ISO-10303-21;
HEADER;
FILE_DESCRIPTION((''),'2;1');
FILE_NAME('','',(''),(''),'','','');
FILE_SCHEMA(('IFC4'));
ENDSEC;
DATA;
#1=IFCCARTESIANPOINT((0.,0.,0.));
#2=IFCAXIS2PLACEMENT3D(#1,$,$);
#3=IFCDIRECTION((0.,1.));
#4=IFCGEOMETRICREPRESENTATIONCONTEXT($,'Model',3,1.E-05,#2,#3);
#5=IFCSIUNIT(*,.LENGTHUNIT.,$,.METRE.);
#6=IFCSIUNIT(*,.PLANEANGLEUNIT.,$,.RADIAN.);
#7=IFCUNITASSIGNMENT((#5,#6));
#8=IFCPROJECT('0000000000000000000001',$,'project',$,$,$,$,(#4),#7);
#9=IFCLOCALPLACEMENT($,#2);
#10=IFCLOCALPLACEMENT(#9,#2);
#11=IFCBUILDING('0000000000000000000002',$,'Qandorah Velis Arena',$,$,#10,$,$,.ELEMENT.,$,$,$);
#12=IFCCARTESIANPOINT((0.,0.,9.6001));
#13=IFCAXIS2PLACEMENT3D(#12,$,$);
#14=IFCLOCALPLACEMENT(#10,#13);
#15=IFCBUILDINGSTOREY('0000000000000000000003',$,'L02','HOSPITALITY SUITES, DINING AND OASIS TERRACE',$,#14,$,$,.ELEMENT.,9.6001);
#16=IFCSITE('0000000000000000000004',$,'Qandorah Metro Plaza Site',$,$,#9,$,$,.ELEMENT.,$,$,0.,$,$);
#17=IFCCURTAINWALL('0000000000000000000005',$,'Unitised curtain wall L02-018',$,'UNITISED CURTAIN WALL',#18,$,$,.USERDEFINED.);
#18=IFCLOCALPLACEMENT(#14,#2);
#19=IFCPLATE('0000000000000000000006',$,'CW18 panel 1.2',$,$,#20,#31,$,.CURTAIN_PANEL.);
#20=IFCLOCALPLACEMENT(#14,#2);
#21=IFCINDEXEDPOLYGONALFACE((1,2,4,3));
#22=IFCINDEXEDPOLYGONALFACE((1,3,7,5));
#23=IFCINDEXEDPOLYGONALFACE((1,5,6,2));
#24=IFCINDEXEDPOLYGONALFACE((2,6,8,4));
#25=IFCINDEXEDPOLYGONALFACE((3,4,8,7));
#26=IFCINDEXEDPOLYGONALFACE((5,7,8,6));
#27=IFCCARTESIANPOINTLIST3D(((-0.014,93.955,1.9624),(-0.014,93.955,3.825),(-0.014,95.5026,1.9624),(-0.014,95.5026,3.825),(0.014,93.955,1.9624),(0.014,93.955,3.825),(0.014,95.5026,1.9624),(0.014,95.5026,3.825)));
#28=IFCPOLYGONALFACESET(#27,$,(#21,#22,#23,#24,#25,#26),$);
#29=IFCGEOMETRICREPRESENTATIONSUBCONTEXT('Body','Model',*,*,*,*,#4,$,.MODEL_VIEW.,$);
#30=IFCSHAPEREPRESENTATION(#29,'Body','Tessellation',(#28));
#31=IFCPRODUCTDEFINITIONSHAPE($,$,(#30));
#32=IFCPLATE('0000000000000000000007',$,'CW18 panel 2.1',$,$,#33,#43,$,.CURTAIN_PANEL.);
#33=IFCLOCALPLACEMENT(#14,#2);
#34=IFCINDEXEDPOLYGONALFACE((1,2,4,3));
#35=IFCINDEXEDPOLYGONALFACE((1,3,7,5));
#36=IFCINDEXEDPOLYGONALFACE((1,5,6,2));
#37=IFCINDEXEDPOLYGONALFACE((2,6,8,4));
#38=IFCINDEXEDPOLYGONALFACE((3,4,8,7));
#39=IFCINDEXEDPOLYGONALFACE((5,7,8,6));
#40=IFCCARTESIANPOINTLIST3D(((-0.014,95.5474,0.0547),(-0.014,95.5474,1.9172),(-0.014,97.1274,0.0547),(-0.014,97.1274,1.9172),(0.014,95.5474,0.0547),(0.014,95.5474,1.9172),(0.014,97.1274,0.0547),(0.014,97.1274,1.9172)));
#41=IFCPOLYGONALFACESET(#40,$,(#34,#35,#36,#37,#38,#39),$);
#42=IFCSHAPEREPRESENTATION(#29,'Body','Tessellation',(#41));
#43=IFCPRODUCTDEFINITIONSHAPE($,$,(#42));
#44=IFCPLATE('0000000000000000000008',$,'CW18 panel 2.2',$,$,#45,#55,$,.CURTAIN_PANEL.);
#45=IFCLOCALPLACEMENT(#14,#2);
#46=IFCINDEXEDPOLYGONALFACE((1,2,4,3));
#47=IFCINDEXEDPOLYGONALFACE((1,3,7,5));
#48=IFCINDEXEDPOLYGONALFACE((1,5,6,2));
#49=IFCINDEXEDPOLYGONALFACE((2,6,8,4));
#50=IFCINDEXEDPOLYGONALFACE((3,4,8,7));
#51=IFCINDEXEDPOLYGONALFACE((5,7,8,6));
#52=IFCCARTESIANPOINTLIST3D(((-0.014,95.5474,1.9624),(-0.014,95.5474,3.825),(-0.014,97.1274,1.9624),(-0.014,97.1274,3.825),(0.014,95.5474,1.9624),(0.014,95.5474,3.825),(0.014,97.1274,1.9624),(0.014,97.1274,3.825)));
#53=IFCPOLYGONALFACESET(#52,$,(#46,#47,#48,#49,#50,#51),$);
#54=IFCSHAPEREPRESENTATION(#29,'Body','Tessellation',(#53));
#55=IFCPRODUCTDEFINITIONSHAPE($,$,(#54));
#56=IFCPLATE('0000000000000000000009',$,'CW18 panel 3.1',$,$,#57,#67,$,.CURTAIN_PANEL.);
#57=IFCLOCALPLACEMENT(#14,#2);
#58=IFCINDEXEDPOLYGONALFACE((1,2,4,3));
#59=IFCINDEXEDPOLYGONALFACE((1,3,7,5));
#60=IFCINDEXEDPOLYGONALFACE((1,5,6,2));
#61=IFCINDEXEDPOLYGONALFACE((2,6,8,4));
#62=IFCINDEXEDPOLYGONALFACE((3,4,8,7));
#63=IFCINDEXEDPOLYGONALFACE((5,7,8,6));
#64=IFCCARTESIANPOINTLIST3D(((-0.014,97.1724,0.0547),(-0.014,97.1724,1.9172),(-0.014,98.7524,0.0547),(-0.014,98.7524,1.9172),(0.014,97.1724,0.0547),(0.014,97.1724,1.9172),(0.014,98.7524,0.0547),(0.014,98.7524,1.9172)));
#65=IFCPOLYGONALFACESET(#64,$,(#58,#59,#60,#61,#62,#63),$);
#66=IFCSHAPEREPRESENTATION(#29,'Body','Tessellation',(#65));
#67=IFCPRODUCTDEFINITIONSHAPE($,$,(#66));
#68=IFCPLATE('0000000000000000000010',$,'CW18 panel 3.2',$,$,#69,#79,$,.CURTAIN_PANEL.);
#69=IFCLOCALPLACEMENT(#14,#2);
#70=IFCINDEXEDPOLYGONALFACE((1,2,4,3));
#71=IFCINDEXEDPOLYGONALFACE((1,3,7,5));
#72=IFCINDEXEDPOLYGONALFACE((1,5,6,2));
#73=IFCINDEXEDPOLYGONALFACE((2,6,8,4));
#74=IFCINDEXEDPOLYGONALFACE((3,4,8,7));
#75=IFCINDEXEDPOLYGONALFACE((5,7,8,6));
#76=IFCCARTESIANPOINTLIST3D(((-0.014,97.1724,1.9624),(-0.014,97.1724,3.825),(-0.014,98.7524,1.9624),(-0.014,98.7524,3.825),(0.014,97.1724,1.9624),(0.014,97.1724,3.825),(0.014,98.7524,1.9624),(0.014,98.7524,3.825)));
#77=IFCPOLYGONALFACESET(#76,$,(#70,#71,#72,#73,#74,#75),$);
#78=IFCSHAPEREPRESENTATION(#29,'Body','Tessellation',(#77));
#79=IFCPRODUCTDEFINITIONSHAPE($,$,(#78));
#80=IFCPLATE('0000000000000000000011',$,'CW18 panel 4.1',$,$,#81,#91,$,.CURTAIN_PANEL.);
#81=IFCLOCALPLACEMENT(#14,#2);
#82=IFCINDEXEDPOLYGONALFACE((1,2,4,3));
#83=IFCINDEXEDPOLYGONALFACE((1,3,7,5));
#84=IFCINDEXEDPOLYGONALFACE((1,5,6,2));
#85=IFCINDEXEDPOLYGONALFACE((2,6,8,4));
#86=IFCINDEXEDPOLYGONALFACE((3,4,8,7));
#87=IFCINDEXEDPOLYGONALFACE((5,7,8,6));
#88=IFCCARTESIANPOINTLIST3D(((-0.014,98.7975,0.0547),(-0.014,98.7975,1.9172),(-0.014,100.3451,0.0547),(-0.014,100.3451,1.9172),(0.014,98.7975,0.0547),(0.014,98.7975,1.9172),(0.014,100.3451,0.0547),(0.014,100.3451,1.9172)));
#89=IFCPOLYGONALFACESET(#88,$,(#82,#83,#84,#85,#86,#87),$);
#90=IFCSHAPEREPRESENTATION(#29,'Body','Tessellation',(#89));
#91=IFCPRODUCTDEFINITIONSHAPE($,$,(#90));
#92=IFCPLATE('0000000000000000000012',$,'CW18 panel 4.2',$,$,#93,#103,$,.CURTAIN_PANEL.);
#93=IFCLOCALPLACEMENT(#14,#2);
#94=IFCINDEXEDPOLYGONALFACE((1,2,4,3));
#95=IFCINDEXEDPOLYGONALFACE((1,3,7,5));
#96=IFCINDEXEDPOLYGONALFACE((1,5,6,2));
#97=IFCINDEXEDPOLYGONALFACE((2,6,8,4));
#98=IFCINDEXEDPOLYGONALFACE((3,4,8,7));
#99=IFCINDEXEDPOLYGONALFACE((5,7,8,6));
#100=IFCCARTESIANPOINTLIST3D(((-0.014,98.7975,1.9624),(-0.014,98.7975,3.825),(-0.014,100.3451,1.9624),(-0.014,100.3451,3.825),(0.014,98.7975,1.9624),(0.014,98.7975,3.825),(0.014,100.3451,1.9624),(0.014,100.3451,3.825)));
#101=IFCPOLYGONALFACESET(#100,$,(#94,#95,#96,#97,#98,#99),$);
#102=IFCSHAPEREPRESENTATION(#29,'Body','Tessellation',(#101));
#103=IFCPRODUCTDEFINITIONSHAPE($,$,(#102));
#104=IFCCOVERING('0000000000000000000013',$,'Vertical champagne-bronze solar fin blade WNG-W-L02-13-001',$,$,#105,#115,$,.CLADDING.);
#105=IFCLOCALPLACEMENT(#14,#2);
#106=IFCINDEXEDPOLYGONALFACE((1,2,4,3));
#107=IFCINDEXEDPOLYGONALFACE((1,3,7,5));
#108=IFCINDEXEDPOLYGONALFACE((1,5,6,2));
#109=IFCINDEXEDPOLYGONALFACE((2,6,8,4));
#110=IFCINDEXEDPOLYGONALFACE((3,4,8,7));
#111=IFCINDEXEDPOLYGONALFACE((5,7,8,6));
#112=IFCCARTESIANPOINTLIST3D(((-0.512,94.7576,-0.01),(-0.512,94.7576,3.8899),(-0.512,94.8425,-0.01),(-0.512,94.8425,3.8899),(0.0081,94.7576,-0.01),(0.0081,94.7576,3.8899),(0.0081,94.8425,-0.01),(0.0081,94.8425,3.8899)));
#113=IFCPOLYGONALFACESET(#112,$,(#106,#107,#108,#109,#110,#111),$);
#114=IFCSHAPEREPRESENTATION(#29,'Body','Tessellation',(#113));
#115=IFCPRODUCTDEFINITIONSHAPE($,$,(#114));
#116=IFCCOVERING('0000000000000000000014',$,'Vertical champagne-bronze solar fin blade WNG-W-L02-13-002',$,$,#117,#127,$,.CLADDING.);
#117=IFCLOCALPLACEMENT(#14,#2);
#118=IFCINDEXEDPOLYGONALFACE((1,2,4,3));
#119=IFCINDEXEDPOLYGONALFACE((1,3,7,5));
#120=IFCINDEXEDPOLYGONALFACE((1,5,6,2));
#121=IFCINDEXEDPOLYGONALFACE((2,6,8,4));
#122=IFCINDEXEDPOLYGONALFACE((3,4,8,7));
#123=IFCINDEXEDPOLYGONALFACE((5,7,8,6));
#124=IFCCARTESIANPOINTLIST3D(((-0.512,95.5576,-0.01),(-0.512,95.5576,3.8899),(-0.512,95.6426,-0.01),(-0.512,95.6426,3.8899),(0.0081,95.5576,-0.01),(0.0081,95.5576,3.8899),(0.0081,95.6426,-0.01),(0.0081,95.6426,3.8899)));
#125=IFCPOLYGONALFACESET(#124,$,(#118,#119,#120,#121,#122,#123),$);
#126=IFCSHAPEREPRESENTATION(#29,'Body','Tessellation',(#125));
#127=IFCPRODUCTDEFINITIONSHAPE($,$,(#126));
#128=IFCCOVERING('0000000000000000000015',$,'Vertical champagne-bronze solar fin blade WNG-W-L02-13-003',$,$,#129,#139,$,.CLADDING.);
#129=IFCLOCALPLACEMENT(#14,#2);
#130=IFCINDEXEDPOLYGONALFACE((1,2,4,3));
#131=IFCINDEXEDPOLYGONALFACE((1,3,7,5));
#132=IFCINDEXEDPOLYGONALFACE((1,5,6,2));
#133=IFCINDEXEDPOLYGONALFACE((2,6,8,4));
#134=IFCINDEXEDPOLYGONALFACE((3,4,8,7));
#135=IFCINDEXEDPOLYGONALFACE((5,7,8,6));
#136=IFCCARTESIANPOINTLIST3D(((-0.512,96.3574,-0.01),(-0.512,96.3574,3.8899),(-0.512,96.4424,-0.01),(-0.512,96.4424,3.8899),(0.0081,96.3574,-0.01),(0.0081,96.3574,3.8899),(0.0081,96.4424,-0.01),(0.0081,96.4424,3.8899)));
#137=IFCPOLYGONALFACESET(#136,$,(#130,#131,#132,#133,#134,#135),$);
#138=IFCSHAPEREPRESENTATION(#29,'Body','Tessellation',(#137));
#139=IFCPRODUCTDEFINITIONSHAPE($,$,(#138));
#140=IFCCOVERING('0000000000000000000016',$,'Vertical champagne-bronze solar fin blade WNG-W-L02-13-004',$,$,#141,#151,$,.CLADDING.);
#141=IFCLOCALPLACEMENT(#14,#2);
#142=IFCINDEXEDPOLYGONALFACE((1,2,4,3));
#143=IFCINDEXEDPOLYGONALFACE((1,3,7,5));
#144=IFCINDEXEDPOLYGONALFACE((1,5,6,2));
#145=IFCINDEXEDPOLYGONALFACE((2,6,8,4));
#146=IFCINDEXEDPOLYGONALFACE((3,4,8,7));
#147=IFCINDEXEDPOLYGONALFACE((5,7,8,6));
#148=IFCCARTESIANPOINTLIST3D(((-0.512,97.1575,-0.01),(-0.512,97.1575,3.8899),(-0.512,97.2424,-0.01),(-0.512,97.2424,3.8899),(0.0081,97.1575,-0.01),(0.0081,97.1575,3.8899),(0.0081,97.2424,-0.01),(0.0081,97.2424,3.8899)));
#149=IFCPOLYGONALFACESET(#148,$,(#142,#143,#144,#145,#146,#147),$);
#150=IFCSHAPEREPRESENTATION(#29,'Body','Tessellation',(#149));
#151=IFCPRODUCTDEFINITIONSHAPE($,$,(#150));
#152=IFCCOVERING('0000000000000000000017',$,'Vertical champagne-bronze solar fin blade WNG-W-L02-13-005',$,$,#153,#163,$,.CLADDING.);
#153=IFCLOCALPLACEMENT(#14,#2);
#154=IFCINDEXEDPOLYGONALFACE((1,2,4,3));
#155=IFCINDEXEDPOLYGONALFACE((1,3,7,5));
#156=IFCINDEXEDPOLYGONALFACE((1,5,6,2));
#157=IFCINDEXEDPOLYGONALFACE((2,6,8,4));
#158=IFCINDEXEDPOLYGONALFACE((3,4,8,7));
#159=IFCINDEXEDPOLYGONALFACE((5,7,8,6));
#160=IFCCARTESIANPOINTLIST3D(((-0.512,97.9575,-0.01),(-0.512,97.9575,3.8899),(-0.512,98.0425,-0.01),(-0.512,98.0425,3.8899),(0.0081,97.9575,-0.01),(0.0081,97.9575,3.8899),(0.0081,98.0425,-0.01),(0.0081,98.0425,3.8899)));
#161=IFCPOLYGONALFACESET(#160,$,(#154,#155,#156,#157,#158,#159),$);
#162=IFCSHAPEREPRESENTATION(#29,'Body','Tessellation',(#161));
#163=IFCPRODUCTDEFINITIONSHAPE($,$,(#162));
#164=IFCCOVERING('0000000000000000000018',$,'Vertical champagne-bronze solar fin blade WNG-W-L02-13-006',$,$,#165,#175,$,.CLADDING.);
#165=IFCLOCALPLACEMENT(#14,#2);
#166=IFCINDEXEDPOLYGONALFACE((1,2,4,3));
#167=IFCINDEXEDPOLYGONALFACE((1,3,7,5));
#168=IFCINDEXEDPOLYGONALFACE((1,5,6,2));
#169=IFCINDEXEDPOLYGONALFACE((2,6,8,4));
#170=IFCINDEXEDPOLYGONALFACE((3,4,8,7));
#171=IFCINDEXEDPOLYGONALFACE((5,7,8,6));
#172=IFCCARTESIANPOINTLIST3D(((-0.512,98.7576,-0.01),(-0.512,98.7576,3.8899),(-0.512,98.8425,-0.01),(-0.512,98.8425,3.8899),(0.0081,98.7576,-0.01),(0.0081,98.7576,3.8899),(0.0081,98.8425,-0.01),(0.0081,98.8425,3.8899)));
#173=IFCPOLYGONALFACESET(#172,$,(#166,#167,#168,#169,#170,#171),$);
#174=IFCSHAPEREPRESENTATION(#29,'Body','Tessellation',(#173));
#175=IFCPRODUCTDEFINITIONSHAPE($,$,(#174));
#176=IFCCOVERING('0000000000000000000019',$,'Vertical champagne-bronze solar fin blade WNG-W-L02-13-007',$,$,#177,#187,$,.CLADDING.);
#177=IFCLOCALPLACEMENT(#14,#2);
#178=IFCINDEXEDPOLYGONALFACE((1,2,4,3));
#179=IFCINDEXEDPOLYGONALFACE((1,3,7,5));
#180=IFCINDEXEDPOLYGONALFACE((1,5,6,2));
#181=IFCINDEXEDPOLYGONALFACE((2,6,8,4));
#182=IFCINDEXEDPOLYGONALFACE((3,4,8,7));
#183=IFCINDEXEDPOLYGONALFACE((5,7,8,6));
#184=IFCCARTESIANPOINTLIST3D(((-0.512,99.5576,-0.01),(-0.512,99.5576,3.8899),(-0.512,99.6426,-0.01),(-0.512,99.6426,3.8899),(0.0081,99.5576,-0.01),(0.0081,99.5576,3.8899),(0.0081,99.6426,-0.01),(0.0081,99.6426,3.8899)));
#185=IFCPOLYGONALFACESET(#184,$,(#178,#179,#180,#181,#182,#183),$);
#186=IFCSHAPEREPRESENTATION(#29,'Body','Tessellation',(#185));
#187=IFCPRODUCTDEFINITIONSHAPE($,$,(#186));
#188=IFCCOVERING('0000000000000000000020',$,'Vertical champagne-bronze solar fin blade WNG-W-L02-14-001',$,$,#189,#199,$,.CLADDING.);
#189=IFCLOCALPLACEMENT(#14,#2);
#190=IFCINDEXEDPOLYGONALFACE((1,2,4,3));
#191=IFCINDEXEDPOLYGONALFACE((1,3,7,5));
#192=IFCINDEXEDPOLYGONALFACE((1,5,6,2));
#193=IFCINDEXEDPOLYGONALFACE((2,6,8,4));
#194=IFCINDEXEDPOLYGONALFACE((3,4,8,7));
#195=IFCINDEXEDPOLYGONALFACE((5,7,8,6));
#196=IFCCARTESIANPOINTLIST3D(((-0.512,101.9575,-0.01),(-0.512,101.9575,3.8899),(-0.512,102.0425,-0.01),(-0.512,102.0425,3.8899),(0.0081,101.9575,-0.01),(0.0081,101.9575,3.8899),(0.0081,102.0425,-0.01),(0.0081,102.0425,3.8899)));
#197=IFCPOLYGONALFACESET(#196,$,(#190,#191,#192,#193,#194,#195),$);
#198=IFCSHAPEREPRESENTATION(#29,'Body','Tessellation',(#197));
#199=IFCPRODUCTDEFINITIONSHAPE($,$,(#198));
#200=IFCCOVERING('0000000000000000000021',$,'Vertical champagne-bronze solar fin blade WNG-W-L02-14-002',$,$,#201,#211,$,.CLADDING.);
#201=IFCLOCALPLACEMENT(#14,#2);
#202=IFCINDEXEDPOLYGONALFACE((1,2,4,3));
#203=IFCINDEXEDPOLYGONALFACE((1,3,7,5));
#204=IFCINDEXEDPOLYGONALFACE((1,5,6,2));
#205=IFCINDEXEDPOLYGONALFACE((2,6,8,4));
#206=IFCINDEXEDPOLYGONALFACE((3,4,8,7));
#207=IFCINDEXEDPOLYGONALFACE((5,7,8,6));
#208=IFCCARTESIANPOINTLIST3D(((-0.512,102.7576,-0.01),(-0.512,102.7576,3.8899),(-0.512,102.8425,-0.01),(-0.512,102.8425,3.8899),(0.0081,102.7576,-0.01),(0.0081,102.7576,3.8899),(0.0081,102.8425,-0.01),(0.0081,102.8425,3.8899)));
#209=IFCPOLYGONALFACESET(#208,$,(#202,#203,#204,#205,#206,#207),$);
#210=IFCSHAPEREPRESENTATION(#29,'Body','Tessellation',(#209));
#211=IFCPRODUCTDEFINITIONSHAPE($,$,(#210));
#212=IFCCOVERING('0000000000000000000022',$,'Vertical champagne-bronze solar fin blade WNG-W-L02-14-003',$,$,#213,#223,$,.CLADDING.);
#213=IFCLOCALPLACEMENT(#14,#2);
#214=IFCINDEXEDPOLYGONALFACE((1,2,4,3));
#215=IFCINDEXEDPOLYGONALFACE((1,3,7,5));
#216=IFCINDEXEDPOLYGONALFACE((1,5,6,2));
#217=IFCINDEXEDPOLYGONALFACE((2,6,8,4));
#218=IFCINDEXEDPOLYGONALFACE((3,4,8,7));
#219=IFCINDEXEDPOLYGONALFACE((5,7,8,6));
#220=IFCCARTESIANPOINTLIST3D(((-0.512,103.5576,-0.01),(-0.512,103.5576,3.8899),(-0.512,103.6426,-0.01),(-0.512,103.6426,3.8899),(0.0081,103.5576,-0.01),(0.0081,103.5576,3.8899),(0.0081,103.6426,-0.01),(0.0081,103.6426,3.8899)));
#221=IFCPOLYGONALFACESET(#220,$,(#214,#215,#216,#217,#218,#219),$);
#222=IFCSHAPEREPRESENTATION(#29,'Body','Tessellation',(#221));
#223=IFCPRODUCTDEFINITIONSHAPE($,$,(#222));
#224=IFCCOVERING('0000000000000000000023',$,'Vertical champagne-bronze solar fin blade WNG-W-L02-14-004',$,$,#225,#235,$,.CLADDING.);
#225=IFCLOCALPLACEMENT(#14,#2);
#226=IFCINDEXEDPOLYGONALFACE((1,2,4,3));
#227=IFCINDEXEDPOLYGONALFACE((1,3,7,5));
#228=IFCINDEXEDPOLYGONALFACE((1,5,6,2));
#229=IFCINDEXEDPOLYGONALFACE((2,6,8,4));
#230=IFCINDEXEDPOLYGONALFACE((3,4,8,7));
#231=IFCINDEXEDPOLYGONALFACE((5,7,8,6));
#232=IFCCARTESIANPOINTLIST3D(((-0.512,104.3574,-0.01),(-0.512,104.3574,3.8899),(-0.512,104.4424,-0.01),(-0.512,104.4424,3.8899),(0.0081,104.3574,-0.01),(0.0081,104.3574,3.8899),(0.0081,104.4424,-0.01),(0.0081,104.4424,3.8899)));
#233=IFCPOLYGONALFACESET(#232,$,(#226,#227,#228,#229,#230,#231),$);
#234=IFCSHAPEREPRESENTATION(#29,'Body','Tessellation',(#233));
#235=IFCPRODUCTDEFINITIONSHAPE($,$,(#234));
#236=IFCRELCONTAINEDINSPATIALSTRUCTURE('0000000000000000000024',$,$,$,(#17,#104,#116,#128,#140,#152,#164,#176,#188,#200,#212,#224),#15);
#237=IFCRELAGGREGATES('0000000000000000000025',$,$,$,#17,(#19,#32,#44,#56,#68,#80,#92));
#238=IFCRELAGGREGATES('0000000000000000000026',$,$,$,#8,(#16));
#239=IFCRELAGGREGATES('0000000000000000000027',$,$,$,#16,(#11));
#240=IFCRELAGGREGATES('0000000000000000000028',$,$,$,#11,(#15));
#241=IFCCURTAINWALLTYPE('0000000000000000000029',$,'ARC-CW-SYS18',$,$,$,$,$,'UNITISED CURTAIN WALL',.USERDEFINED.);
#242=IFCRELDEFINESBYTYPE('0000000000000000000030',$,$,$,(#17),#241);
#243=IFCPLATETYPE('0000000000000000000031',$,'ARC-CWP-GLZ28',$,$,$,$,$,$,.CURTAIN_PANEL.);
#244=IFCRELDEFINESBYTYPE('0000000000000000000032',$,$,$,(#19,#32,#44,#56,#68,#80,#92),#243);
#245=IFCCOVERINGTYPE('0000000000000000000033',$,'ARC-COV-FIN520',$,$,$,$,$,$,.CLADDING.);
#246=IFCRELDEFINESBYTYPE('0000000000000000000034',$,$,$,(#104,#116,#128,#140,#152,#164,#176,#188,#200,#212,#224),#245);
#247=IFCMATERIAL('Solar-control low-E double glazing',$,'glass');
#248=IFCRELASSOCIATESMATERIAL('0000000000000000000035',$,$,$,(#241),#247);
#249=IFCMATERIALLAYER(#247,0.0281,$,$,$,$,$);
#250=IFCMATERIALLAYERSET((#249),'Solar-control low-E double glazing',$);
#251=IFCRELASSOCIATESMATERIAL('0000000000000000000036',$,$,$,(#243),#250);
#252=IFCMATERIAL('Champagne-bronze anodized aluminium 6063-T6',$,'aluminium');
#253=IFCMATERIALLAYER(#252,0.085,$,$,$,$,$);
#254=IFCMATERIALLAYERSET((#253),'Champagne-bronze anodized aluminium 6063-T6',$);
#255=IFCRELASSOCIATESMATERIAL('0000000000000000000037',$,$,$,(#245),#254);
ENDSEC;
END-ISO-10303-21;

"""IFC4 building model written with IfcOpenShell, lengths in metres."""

from ifc_helpers import new_model, si_unit, direction, frame, origin, origin_2d, place, context, subcontext, project, spatial, rectangle, extrude, material, layer, layer_set, type_object, element, aggregate, save


model = new_model("IFC4")

# Units and contexts
model_context = context("Model", 3, precision=1e-05, world=origin(), true_north=direction((0.0, 1.0)))
body_context = subcontext(model_context, "Body", "Model", "MODEL_VIEW")
ifc_project = project(units=[si_unit("LENGTHUNIT", "METRE"), si_unit("PLANEANGLEUNIT", "RADIAN")], contexts=[model_context])

# Site, building, storey
site_placement = place(None, origin())
site = spatial("IfcSite", under=ifc_project, at=site_placement, Name="Qandorah Metro Plaza Site", CompositionType="ELEMENT", RefElevation=0.0)
building_placement = place(site_placement, origin())
building = spatial("IfcBuilding", under=site, at=building_placement, Name="Qandorah Velis Arena", CompositionType="ELEMENT")
storey_placement = place(building_placement, frame((0.0, 0.0, 9.6001)))
storey = spatial("IfcBuildingStorey", under=building, at=storey_placement, Name="L02", Description="HOSPITALITY SUITES, DINING AND OASIS TERRACE", CompositionType="ELEMENT", Elevation=9.6001)

# Curtain wall
ifc_material_1 = material(Name="Solar-control low-E double glazing", Category="glass")
curtain_wall_type = type_object("IfcCurtainWallType", Name="ARC-CW-SYS18", ElementType="UNITISED CURTAIN WALL", PredefinedType="USERDEFINED", material=ifc_material_1)
curtain_wall_placement = place(storey_placement, origin())
curtain_wall = element("IfcCurtainWall", 1, at=curtain_wall_placement, inside=storey, type_object=curtain_wall_type, Name="Unitised curtain wall L02-018", ObjectType="UNITISED CURTAIN WALL", PredefinedType="USERDEFINED")
ifc_material_2 = material(Name="Champagne-bronze anodized aluminium 6063-T6", Category="aluminium")

# Plates
ifc_layer_1 = layer(ifc_material_1, 0.0281)
ifc_layer_set_1 = layer_set([ifc_layer_1], Name="Solar-control low-E double glazing")
plate_type = type_object("IfcPlateType", Name="ARC-CWP-GLZ28", PredefinedType="CURTAIN_PANEL", material=ifc_layer_set_1)
plate_1_placement = place(storey_placement, frame((0.0, 94.7288, 1.9624), z_axis=(0.0, 0.0, 1.0), x_axis=(0.0, 1.0, 0.0)))
plate_1 = element("IfcPlate", 2, at=plate_1_placement, type_object=plate_type, Name="CW18 panel 1.2", PredefinedType="CURTAIN_PANEL", context=body_context, shape_type="SweptSolid", body=[
    extrude(rectangle(XDim=1.5476, YDim=0.0281, at=origin_2d()), origin(), (0.0, 0.0, 1.0), 1.8625),
])
plate_2_placement = place(storey_placement, frame((0.0, 96.3374, 0.0547), z_axis=(0.0, 0.0, 1.0), x_axis=(0.0, 1.0, 0.0)))
plate_2 = element("IfcPlate", 3, at=plate_2_placement, type_object=plate_type, Name="CW18 panel 2.1", PredefinedType="CURTAIN_PANEL", context=body_context, shape_type="SweptSolid", body=[
    extrude(rectangle(XDim=1.5801, YDim=0.0281, at=origin_2d()), origin(), (0.0, 0.0, 1.0), 1.8625),
])
plate_3_placement = place(storey_placement, frame((0.0, 96.3374, 1.9624), z_axis=(0.0, 0.0, 1.0), x_axis=(0.0, 1.0, 0.0)))
plate_3 = element("IfcPlate", 4, at=plate_3_placement, type_object=plate_type, Name="CW18 panel 2.2", PredefinedType="CURTAIN_PANEL", context=body_context, shape_type="SweptSolid", body=[
    extrude(rectangle(XDim=1.5801, YDim=0.0281, at=origin_2d()), origin(), (0.0, 0.0, 1.0), 1.8625),
])
plate_4_placement = place(storey_placement, frame((0.0, 97.9624, 0.0547), z_axis=(0.0, 0.0, 1.0), x_axis=(0.0, 1.0, 0.0)))
plate_4 = element("IfcPlate", 5, at=plate_4_placement, type_object=plate_type, Name="CW18 panel 3.1", PredefinedType="CURTAIN_PANEL", context=body_context, shape_type="SweptSolid", body=[
    extrude(rectangle(XDim=1.5801, YDim=0.0281, at=origin_2d()), origin(), (0.0, 0.0, 1.0), 1.8625),
])
plate_5_placement = place(storey_placement, frame((0.0, 97.9624, 1.9624), z_axis=(0.0, 0.0, 1.0), x_axis=(0.0, 1.0, 0.0)))
plate_5 = element("IfcPlate", 6, at=plate_5_placement, type_object=plate_type, Name="CW18 panel 3.2", PredefinedType="CURTAIN_PANEL", context=body_context, shape_type="SweptSolid", body=[
    extrude(rectangle(XDim=1.5801, YDim=0.0281, at=origin_2d()), origin(), (0.0, 0.0, 1.0), 1.8625),
])
plate_6_placement = place(storey_placement, frame((0.0, 99.5713, 0.0547), z_axis=(0.0, 0.0, 1.0), x_axis=(0.0, 1.0, 0.0)))
plate_6 = element("IfcPlate", 7, at=plate_6_placement, type_object=plate_type, Name="CW18 panel 4.1", PredefinedType="CURTAIN_PANEL", context=body_context, shape_type="SweptSolid", body=[
    extrude(rectangle(XDim=1.5476, YDim=0.0281, at=origin_2d()), origin(), (0.0, 0.0, 1.0), 1.8625),
])
plate_7_placement = place(storey_placement, frame((0.0, 99.5713, 1.9624), z_axis=(0.0, 0.0, 1.0), x_axis=(0.0, 1.0, 0.0)))
plate_7 = element("IfcPlate", 8, at=plate_7_placement, type_object=plate_type, Name="CW18 panel 4.2", PredefinedType="CURTAIN_PANEL", context=body_context, shape_type="SweptSolid", body=[
    extrude(rectangle(XDim=1.5476, YDim=0.0281, at=origin_2d()), origin(), (0.0, 0.0, 1.0), 1.8625),
])
aggregate(curtain_wall, [plate_1, plate_2, plate_3, plate_4, plate_5, plate_6, plate_7])

# Coverings
ifc_layer_2 = layer(ifc_material_2, 0.085)
ifc_layer_set_2 = layer_set([ifc_layer_2], Name="Champagne-bronze anodized aluminium 6063-T6")
covering_type = type_object("IfcCoveringType", Name="ARC-COV-FIN520", PredefinedType="CLADDING", material=ifc_layer_set_2)
for number, where, z_axis, x_axis, name in (
    (9, (-0.252, 94.8, -0.01), (0.0, 0.0, 1.0), (1.0, 0.0, 0.0), "Vertical champagne-bronze solar fin blade WNG-W-L02-13-001"),
    (10, (-0.252, 95.6001, -0.01), (0.0, 0.0, 1.0), (1.0, 0.0, 0.0), "Vertical champagne-bronze solar fin blade WNG-W-L02-13-002"),
    (11, (-0.252, 96.3999, -0.01), (0.0, 0.0, 1.0), (1.0, 0.0, 0.0), "Vertical champagne-bronze solar fin blade WNG-W-L02-13-003"),
    (12, (-0.252, 97.2, -0.01), (0.0, 0.0, 1.0), (1.0, 0.0, 0.0), "Vertical champagne-bronze solar fin blade WNG-W-L02-13-004"),
    (13, (-0.252, 98.0, -0.01), (0.0, 0.0, 1.0), (1.0, 0.0, 0.0), "Vertical champagne-bronze solar fin blade WNG-W-L02-13-005"),
    (14, (-0.252, 98.8, -0.01), (0.0, 0.0, 1.0), (1.0, 0.0, 0.0), "Vertical champagne-bronze solar fin blade WNG-W-L02-13-006"),
    (15, (-0.252, 99.6001, -0.01), (0.0, 0.0, 1.0), (1.0, 0.0, 0.0), "Vertical champagne-bronze solar fin blade WNG-W-L02-13-007"),
    (16, (-0.252, 102.0, -0.01), (0.0, 0.0, 1.0), (1.0, 0.0, 0.0), "Vertical champagne-bronze solar fin blade WNG-W-L02-14-001"),
    (17, (-0.252, 102.8, -0.01), (0.0, 0.0, 1.0), (1.0, 0.0, 0.0), "Vertical champagne-bronze solar fin blade WNG-W-L02-14-002"),
    (18, (-0.252, 103.6001, -0.01), (0.0, 0.0, 1.0), (1.0, 0.0, 0.0), "Vertical champagne-bronze solar fin blade WNG-W-L02-14-003"),
    (19, (-0.252, 104.3999, -0.01), (0.0, 0.0, 1.0), (1.0, 0.0, 0.0), "Vertical champagne-bronze solar fin blade WNG-W-L02-14-004"),
):
    element("IfcCovering", number, at=place(storey_placement, frame(where, z_axis=z_axis, x_axis=x_axis)), inside=storey, type_object=covering_type, Name=name, PredefinedType="CLADDING", context=body_context, shape_type="SweptSolid", body=[
        extrude(rectangle(XDim=0.52, YDim=0.085, at=origin_2d()), origin(), (0.0, 0.0, 1.0), 3.8999),
    ])

save(model, "model.ifc")
